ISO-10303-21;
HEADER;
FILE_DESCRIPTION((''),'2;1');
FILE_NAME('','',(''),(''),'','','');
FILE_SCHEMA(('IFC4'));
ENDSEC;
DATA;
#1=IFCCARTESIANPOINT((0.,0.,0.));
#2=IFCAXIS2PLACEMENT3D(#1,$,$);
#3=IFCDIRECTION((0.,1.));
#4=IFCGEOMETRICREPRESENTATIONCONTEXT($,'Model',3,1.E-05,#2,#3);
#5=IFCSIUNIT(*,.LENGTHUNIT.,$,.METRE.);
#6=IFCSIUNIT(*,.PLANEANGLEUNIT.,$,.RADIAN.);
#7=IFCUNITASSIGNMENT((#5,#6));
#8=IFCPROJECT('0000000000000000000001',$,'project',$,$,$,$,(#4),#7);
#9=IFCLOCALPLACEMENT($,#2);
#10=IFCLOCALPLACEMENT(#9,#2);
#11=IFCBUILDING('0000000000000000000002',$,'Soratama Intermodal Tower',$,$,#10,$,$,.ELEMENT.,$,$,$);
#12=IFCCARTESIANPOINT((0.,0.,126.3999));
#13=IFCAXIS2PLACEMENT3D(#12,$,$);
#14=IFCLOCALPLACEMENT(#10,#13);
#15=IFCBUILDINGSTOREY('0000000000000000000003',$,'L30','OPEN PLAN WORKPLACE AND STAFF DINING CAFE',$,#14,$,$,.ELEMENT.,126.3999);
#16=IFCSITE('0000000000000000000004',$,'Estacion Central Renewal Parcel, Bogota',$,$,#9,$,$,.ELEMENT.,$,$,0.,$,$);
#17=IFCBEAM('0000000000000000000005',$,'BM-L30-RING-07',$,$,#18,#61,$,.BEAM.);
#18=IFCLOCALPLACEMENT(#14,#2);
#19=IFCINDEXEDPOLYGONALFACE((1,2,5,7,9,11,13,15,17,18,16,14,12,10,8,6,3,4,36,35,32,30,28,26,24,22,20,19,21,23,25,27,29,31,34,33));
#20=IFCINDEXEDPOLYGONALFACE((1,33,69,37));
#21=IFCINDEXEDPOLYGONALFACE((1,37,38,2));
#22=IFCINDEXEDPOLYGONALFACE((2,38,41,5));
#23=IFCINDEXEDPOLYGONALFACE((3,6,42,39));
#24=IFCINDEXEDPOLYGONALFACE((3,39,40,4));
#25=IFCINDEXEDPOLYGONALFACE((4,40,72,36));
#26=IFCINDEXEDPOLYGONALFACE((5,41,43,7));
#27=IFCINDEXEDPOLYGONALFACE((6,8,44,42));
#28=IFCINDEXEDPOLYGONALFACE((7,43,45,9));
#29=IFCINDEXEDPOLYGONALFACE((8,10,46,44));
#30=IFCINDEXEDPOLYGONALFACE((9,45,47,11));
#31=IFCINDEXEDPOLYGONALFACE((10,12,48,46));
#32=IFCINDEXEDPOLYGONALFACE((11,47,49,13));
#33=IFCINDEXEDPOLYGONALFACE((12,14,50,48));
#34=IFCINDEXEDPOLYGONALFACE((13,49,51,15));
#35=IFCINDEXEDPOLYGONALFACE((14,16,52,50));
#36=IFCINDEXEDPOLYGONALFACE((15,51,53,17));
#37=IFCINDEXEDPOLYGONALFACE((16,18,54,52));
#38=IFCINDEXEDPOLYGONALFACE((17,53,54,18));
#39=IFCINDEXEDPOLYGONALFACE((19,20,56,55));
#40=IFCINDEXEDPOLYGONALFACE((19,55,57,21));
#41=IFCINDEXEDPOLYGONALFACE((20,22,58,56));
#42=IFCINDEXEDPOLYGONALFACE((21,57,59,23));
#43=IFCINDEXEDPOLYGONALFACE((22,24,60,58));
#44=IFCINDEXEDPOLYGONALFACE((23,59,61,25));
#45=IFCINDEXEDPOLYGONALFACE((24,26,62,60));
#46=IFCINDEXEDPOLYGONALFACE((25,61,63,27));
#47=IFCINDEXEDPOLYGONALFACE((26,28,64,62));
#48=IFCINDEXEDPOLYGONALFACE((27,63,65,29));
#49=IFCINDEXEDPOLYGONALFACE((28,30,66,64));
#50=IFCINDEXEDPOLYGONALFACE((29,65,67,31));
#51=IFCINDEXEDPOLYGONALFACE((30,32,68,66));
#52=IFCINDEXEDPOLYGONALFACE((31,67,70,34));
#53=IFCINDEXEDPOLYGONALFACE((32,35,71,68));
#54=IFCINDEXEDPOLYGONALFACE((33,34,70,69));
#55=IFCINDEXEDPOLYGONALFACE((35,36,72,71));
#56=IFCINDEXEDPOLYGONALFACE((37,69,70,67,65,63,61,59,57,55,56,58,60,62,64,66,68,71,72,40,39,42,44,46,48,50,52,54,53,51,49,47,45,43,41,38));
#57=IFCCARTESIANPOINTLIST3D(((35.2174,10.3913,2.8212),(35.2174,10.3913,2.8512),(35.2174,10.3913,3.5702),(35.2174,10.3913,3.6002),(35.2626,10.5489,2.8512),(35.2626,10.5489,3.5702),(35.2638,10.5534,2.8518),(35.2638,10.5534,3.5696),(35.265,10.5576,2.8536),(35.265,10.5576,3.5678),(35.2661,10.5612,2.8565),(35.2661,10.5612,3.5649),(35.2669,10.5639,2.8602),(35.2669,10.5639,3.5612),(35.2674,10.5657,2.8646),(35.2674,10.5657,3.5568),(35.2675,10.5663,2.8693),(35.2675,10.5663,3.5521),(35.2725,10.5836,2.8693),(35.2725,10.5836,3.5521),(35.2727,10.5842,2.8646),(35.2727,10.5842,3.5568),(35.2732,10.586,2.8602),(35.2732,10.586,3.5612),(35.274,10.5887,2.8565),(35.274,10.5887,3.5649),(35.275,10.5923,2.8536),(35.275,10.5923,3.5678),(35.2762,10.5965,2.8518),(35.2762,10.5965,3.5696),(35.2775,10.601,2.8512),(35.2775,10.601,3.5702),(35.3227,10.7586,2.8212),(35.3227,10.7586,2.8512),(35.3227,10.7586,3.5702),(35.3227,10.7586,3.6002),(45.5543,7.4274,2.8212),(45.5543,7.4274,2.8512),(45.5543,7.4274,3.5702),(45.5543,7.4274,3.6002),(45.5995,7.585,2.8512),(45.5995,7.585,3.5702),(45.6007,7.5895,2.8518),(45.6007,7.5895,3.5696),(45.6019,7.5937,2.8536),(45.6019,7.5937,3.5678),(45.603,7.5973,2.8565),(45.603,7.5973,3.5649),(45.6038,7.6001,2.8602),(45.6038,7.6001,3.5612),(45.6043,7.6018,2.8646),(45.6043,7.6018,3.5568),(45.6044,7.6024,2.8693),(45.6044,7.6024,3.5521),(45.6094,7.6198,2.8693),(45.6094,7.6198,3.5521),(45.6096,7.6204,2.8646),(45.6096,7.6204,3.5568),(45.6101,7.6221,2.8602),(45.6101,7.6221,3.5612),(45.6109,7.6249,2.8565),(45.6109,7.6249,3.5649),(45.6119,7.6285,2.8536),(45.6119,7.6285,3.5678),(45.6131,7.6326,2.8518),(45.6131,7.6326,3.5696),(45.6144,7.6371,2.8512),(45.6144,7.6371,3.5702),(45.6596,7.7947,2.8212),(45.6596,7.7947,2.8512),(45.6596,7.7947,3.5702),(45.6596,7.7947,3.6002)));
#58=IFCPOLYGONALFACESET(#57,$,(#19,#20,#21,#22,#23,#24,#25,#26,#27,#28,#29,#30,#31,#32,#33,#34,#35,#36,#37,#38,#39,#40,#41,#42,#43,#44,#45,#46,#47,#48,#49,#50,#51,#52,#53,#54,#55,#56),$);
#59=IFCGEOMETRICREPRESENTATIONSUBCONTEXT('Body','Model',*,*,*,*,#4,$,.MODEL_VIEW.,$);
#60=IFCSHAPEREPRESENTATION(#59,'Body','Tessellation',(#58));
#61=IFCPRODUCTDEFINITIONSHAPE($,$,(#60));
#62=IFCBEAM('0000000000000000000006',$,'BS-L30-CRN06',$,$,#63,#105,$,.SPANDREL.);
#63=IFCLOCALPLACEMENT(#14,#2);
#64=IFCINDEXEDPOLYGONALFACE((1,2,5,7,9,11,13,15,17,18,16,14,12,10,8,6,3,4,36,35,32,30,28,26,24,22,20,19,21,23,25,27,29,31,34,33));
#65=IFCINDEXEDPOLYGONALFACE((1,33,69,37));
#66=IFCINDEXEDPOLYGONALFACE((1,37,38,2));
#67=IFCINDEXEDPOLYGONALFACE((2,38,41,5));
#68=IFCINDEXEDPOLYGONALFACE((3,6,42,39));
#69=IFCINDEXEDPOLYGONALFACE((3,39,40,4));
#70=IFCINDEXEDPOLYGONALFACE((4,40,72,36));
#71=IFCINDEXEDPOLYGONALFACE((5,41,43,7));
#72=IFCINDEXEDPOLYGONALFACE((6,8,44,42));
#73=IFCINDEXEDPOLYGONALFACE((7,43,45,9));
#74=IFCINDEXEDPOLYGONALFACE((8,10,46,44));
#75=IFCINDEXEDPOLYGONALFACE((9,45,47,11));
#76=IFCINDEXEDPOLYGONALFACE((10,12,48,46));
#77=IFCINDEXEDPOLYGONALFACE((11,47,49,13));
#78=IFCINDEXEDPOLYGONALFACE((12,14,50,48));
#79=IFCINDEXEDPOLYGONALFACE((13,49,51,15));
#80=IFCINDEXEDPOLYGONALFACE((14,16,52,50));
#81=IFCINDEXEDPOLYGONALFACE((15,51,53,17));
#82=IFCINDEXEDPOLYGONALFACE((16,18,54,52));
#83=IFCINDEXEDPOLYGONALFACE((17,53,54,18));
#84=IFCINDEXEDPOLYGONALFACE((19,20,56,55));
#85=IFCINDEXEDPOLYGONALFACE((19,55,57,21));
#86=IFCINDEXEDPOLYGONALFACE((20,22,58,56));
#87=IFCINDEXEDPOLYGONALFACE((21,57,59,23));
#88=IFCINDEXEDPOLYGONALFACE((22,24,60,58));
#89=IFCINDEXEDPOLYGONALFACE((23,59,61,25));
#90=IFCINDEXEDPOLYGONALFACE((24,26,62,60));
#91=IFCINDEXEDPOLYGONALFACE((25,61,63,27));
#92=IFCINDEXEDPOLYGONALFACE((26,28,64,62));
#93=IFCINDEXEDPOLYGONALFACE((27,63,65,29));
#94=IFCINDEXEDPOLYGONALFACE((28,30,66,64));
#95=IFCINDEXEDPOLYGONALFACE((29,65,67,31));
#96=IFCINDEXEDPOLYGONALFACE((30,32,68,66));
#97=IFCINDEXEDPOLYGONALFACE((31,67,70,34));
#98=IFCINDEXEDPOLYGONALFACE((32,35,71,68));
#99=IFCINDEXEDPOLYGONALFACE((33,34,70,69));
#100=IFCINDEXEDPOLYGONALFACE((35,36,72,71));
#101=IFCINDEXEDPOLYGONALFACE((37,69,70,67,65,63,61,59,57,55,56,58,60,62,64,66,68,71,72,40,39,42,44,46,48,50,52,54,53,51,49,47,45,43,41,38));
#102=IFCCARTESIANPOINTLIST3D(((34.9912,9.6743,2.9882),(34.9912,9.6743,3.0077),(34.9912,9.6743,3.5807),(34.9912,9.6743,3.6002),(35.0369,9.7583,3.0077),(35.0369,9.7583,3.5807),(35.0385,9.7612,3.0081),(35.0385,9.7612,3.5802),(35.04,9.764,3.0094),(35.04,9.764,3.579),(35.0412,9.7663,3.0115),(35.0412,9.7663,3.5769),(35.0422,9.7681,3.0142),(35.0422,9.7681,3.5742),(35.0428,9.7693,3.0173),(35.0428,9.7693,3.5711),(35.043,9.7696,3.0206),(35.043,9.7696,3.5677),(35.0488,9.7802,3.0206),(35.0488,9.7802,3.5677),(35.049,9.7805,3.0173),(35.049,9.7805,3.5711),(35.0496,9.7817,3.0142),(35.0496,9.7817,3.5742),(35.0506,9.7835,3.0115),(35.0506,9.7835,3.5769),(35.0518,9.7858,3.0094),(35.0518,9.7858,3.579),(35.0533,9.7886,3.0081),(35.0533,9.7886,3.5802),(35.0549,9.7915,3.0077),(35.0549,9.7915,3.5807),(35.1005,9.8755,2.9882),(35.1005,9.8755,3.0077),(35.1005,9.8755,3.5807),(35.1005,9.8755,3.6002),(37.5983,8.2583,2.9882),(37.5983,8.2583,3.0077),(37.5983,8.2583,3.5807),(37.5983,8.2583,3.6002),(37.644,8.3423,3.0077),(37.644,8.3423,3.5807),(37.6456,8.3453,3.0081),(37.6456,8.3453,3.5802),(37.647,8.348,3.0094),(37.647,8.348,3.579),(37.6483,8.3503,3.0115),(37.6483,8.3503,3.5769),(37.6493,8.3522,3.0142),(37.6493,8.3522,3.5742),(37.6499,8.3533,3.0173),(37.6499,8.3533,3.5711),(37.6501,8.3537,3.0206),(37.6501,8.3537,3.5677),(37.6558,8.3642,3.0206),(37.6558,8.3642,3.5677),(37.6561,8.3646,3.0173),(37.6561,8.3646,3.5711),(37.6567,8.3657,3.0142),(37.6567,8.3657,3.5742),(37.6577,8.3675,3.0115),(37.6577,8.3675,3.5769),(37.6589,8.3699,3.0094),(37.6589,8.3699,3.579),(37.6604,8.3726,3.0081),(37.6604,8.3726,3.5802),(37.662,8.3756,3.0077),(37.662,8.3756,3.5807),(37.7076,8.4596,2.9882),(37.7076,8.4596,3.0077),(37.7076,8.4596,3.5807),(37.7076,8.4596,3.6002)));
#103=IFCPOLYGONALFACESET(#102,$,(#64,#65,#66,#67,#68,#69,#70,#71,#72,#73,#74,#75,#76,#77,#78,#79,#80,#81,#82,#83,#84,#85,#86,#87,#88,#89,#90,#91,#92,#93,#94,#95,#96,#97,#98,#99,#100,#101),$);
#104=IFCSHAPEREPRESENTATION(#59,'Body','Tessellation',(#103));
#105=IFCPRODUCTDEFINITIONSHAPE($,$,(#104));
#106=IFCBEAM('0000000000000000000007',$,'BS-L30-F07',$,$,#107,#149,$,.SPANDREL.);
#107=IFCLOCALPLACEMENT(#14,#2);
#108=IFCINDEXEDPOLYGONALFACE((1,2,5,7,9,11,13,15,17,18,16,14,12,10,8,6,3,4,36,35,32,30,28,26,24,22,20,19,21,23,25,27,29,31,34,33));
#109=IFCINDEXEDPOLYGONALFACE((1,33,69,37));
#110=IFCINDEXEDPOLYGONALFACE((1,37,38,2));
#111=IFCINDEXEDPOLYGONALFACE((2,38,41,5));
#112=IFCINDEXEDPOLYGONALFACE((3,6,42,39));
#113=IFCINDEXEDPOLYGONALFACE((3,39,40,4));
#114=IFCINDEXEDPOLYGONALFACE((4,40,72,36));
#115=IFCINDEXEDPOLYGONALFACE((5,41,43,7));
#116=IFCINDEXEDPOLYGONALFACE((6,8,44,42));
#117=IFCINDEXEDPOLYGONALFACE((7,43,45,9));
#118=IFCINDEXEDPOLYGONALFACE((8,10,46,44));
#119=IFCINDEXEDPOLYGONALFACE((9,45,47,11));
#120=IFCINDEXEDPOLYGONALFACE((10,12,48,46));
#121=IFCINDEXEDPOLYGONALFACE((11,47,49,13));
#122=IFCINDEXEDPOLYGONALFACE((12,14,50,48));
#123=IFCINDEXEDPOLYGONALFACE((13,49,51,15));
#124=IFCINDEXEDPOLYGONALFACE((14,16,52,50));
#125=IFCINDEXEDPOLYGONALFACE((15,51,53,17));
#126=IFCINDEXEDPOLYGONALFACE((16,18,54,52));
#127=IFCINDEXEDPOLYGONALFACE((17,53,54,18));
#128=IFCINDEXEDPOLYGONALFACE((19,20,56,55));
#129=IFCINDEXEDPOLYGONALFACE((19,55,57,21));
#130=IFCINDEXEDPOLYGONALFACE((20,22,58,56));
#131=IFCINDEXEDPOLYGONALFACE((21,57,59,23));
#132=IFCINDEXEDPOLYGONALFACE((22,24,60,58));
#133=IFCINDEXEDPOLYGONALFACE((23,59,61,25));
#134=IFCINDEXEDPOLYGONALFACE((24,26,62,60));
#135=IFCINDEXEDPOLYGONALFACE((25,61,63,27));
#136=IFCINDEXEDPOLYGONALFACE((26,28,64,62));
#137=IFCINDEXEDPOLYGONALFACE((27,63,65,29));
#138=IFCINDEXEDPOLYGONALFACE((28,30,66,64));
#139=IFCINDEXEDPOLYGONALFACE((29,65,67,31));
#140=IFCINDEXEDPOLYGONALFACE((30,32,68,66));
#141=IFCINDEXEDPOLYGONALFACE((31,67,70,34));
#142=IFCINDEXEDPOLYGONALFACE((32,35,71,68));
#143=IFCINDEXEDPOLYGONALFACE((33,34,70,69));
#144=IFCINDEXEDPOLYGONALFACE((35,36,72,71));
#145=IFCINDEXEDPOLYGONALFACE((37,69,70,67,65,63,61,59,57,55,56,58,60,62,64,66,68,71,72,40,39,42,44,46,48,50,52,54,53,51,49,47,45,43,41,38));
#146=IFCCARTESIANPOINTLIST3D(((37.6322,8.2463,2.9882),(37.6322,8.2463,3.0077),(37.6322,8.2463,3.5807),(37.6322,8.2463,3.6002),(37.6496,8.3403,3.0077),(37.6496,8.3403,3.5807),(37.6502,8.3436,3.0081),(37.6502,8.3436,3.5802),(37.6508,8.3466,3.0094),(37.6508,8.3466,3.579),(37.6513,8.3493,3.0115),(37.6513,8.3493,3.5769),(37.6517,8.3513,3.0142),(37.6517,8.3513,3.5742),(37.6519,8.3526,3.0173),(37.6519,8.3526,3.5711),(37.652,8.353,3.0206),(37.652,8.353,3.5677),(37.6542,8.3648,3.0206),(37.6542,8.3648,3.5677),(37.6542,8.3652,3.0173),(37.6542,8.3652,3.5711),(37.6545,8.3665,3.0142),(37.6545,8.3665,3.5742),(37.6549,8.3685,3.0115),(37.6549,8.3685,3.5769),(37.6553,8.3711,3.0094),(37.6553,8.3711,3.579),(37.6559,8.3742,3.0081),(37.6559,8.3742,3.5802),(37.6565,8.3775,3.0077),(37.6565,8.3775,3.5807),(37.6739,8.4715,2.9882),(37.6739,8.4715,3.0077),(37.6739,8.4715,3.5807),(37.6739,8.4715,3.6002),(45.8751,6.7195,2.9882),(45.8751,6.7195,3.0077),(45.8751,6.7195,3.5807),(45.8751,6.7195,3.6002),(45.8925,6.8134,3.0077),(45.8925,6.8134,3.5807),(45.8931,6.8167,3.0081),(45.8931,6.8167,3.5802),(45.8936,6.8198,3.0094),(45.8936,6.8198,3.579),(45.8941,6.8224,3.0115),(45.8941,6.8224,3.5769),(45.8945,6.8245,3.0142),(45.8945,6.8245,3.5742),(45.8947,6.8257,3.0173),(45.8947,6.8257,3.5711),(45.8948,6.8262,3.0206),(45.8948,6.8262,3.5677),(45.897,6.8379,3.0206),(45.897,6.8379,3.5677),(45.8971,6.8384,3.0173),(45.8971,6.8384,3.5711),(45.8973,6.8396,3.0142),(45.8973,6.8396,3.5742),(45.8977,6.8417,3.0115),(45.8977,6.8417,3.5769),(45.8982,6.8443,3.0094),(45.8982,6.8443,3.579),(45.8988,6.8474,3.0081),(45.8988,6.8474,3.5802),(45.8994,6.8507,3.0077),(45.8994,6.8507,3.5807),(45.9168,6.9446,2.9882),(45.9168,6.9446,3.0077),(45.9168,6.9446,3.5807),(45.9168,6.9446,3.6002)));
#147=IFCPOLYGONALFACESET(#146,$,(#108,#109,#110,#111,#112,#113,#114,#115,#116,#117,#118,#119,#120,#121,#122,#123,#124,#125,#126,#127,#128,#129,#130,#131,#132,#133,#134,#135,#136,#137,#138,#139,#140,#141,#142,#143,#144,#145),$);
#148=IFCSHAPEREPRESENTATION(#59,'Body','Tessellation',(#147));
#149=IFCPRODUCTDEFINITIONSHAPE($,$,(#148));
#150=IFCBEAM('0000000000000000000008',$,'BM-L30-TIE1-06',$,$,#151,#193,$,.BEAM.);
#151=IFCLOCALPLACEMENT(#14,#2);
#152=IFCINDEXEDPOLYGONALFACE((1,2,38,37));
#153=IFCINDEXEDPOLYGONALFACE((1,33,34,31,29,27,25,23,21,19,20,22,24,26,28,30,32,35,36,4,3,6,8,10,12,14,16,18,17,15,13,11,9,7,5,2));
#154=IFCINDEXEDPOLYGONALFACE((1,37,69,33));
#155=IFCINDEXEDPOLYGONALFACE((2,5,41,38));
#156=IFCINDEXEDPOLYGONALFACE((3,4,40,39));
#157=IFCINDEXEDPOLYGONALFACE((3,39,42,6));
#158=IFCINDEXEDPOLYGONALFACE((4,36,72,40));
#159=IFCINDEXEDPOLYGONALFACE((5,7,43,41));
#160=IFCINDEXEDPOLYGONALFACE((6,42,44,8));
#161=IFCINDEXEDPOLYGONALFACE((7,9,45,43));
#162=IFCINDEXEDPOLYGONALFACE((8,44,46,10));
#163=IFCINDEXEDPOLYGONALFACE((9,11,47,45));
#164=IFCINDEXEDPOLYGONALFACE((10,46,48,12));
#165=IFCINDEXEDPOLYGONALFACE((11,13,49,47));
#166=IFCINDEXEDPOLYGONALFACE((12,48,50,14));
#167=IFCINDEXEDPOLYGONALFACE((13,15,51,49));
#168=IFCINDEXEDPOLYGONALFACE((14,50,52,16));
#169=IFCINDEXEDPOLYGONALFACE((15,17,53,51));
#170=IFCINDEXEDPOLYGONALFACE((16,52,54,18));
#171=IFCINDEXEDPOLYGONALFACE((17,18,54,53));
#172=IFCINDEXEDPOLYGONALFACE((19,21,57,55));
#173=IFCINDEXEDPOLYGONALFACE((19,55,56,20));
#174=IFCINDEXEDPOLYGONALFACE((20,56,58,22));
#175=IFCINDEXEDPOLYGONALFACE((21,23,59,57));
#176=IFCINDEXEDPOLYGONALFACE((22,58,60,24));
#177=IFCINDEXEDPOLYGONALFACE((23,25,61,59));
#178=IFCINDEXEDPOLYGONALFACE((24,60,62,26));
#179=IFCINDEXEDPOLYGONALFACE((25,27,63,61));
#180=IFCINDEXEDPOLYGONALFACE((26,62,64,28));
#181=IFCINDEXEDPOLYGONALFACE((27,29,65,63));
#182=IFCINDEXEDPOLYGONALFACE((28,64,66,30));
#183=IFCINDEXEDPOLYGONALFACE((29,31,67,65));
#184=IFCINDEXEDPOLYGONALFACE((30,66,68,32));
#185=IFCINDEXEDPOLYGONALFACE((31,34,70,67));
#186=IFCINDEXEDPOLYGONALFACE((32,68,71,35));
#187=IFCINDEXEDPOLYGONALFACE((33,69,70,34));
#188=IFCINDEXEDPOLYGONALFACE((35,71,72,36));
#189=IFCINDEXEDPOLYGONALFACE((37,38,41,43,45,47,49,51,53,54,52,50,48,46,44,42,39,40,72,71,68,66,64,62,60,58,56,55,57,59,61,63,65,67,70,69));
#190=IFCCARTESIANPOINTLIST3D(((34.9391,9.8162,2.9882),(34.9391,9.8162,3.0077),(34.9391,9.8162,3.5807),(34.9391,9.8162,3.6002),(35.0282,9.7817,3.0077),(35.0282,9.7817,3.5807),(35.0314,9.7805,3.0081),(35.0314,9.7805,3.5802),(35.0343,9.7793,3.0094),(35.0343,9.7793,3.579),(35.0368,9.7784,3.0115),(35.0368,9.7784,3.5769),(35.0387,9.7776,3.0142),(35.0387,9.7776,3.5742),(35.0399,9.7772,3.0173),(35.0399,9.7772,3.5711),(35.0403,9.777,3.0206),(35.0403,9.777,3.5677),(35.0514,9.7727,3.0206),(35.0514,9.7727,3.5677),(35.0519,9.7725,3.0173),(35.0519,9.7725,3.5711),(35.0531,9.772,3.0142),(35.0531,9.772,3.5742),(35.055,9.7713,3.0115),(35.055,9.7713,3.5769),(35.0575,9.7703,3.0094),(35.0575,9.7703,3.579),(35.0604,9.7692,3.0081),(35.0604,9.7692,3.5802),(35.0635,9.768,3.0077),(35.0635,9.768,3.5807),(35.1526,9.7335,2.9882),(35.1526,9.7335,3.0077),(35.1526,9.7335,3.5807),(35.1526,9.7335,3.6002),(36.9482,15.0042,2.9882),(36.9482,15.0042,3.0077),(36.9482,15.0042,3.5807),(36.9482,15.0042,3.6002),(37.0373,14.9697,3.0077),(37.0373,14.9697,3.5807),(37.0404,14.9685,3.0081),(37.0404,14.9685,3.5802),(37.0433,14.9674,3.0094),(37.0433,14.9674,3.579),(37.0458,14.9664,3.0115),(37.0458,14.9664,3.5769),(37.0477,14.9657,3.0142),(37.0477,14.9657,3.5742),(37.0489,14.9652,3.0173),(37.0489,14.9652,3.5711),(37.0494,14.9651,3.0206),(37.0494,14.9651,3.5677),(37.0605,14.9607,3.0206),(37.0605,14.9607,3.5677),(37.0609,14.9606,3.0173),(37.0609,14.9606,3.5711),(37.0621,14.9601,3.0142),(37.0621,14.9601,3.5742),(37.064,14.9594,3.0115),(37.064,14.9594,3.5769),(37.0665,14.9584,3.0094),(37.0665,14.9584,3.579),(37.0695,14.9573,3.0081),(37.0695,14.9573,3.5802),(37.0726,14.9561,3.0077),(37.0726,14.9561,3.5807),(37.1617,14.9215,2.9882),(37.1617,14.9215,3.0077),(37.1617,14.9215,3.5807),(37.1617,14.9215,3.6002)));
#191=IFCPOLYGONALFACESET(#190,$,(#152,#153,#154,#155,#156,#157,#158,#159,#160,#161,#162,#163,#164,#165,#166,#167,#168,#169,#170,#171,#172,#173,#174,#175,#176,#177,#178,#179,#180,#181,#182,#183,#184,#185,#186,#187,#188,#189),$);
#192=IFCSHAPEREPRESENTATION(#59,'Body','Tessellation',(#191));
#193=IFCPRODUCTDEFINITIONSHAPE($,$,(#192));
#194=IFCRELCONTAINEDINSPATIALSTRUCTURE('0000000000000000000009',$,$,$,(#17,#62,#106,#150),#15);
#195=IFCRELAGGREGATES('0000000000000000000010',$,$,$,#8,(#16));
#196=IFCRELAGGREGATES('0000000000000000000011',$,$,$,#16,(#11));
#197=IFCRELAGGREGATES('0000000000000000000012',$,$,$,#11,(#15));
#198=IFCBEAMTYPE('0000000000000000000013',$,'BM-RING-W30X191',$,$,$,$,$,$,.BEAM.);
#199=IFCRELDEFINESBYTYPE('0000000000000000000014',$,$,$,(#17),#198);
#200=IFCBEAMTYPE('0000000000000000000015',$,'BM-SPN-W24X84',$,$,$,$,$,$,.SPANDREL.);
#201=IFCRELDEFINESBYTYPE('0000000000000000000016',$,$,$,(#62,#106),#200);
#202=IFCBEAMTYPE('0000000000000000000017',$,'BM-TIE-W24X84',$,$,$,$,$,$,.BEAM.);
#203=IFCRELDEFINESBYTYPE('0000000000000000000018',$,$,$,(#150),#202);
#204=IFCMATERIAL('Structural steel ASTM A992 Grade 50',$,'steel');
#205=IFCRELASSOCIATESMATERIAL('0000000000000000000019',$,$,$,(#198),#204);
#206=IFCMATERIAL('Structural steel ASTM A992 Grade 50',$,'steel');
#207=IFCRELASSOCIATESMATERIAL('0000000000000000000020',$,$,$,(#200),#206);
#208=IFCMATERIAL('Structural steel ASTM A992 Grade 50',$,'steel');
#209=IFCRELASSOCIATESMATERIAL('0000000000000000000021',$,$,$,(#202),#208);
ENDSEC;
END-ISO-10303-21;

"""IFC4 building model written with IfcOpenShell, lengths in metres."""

from ifc_helpers import new_model, si_unit, direction, frame, origin, origin_2d, place, context, subcontext, project, spatial, i_section, extrude, material, material_profile, profile_set, type_object, element, save


model = new_model("IFC4")

# Units and contexts
model_context = context("Model", 3, precision=1e-05, world=origin(), true_north=direction((0.0, 1.0)))
body_context = subcontext(model_context, "Body", "Model", "MODEL_VIEW")
ifc_project = project(units=[si_unit("LENGTHUNIT", "METRE"), si_unit("PLANEANGLEUNIT", "RADIAN")], contexts=[model_context])

# Site, building, storey
site_placement = place(None, origin())
site = spatial("IfcSite", under=ifc_project, at=site_placement, Name="Estacion Central Renewal Parcel, Bogota", CompositionType="ELEMENT", RefElevation=0.0)
building_placement = place(site_placement, origin())
building = spatial("IfcBuilding", under=site, at=building_placement, Name="Soratama Intermodal Tower", CompositionType="ELEMENT")
storey_placement = place(building_placement, frame((0.0, 0.0, 126.3999)))
storey = spatial("IfcBuildingStorey", under=building, at=storey_placement, Name="L30", Description="OPEN PLAN WORKPLACE AND STAFF DINING CAFE", CompositionType="ELEMENT", Elevation=126.3999)

# Beams
ifc_material_1 = material(Name="Structural steel ASTM A992 Grade 50", Category="steel")
ifc_material_profile_1 = material_profile(ifc_material_1, i_section(OverallWidth=0.3821, OverallDepth=0.7791, WebThickness=0.0181, FlangeThickness=0.03, FilletRadius=0.0181, at=origin_2d()), Name="W30X191")
ifc_profile_set_1 = profile_set([ifc_material_profile_1], Name="Structural steel ASTM A992 Grade 50")
beam_type_1 = type_object("IfcBeamType", Name="BM-RING-W30X191", PredefinedType="BEAM", material=ifc_profile_set_1)
beam_1_placement = place(storey_placement, frame((35.27, 10.575, 3.2107), z_axis=(0.961267, -0.275621, 0.0), x_axis=(0.275621, 0.961267, 0.0)))
element("IfcBeam", 1, at=beam_1_placement, inside=storey, type_object=beam_type_1, Name="BM-L30-RING-07", PredefinedType="BEAM", context=body_context, shape_type="SweptSolid", body=[
    extrude(i_section(OverallWidth=0.3821, OverallDepth=0.7791, WebThickness=0.0181, FlangeThickness=0.03, FilletRadius=0.0181, at=origin_2d()), origin(), (0.0, 0.0, 1.0), 10.7534),
])
ifc_material_2 = material(Name="Structural steel ASTM A992 Grade 50", Category="steel")
ifc_material_profile_2 = material_profile(ifc_material_2, i_section(OverallWidth=0.229, OverallDepth=0.6121, WebThickness=0.012, FlangeThickness=0.0195, FilletRadius=0.0129, at=origin_2d()), Name="W24X84")
ifc_profile_set_2 = profile_set([ifc_material_profile_2], Name="Structural steel ASTM A992 Grade 50")
beam_type_2 = type_object("IfcBeamType", Name="BM-SPN-W24X84", PredefinedType="SPANDREL", material=ifc_profile_set_2)
beam_2_placement = place(storey_placement, frame((35.0459, 9.7749, 3.2942), z_axis=(0.878756, -0.477272, 0.0), x_axis=(0.477272, 0.878756, 0.0)))
element("IfcBeam", 2, at=beam_2_placement, inside=storey, type_object=beam_type_2, Name="BS-L30-CRN06", PredefinedType="SPANDREL", context=body_context, shape_type="SweptSolid", body=[
    extrude(i_section(OverallWidth=0.229, OverallDepth=0.6121, WebThickness=0.012, FlangeThickness=0.0195, FilletRadius=0.0129, at=origin_2d()), origin(), (0.0, 0.0, 1.0), 2.9668),
])
beam_3_placement = place(storey_placement, frame((37.6531, 8.3589, 3.2942), z_axis=(0.983274, -0.182134, 0.0), x_axis=(0.182134, 0.983274, 0.0)))
element("IfcBeam", 3, at=beam_3_placement, inside=storey, type_object=beam_type_2, Name="BS-L30-F07", PredefinedType="SPANDREL", context=body_context, shape_type="SweptSolid", body=[
    extrude(i_section(OverallWidth=0.229, OverallDepth=0.6121, WebThickness=0.012, FlangeThickness=0.0195, FilletRadius=0.0129, at=origin_2d()), origin(), (0.0, 0.0, 1.0), 8.3831),
])
ifc_material_3 = material(Name="Structural steel ASTM A992 Grade 50", Category="steel")
ifc_material_profile_3 = material_profile(ifc_material_3, i_section(OverallWidth=0.229, OverallDepth=0.6121, WebThickness=0.012, FlangeThickness=0.0195, FilletRadius=0.0129, at=origin_2d()), Name="W24X84")
ifc_profile_set_3 = profile_set([ifc_material_profile_3], Name="Structural steel ASTM A992 Grade 50")
beam_type_3 = type_object("IfcBeamType", Name="BM-TIE-W24X84", PredefinedType="BEAM", material=ifc_profile_set_3)
beam_4_placement = place(storey_placement, frame((37.0549, 14.9629, 3.2942), z_axis=(-0.361116, -0.932521, 0.0), x_axis=(0.932521, -0.361116, 0.0)))
element("IfcBeam", 4, at=beam_4_placement, inside=storey, type_object=beam_type_3, Name="BM-L30-TIE1-06", PredefinedType="BEAM", context=body_context, shape_type="SweptSolid", body=[
    extrude(i_section(OverallWidth=0.229, OverallDepth=0.6121, WebThickness=0.012, FlangeThickness=0.0195, FilletRadius=0.0129, at=origin_2d()), origin(), (0.0, 0.0, 1.0), 5.5635),
])

save(model, "model.ifc")
